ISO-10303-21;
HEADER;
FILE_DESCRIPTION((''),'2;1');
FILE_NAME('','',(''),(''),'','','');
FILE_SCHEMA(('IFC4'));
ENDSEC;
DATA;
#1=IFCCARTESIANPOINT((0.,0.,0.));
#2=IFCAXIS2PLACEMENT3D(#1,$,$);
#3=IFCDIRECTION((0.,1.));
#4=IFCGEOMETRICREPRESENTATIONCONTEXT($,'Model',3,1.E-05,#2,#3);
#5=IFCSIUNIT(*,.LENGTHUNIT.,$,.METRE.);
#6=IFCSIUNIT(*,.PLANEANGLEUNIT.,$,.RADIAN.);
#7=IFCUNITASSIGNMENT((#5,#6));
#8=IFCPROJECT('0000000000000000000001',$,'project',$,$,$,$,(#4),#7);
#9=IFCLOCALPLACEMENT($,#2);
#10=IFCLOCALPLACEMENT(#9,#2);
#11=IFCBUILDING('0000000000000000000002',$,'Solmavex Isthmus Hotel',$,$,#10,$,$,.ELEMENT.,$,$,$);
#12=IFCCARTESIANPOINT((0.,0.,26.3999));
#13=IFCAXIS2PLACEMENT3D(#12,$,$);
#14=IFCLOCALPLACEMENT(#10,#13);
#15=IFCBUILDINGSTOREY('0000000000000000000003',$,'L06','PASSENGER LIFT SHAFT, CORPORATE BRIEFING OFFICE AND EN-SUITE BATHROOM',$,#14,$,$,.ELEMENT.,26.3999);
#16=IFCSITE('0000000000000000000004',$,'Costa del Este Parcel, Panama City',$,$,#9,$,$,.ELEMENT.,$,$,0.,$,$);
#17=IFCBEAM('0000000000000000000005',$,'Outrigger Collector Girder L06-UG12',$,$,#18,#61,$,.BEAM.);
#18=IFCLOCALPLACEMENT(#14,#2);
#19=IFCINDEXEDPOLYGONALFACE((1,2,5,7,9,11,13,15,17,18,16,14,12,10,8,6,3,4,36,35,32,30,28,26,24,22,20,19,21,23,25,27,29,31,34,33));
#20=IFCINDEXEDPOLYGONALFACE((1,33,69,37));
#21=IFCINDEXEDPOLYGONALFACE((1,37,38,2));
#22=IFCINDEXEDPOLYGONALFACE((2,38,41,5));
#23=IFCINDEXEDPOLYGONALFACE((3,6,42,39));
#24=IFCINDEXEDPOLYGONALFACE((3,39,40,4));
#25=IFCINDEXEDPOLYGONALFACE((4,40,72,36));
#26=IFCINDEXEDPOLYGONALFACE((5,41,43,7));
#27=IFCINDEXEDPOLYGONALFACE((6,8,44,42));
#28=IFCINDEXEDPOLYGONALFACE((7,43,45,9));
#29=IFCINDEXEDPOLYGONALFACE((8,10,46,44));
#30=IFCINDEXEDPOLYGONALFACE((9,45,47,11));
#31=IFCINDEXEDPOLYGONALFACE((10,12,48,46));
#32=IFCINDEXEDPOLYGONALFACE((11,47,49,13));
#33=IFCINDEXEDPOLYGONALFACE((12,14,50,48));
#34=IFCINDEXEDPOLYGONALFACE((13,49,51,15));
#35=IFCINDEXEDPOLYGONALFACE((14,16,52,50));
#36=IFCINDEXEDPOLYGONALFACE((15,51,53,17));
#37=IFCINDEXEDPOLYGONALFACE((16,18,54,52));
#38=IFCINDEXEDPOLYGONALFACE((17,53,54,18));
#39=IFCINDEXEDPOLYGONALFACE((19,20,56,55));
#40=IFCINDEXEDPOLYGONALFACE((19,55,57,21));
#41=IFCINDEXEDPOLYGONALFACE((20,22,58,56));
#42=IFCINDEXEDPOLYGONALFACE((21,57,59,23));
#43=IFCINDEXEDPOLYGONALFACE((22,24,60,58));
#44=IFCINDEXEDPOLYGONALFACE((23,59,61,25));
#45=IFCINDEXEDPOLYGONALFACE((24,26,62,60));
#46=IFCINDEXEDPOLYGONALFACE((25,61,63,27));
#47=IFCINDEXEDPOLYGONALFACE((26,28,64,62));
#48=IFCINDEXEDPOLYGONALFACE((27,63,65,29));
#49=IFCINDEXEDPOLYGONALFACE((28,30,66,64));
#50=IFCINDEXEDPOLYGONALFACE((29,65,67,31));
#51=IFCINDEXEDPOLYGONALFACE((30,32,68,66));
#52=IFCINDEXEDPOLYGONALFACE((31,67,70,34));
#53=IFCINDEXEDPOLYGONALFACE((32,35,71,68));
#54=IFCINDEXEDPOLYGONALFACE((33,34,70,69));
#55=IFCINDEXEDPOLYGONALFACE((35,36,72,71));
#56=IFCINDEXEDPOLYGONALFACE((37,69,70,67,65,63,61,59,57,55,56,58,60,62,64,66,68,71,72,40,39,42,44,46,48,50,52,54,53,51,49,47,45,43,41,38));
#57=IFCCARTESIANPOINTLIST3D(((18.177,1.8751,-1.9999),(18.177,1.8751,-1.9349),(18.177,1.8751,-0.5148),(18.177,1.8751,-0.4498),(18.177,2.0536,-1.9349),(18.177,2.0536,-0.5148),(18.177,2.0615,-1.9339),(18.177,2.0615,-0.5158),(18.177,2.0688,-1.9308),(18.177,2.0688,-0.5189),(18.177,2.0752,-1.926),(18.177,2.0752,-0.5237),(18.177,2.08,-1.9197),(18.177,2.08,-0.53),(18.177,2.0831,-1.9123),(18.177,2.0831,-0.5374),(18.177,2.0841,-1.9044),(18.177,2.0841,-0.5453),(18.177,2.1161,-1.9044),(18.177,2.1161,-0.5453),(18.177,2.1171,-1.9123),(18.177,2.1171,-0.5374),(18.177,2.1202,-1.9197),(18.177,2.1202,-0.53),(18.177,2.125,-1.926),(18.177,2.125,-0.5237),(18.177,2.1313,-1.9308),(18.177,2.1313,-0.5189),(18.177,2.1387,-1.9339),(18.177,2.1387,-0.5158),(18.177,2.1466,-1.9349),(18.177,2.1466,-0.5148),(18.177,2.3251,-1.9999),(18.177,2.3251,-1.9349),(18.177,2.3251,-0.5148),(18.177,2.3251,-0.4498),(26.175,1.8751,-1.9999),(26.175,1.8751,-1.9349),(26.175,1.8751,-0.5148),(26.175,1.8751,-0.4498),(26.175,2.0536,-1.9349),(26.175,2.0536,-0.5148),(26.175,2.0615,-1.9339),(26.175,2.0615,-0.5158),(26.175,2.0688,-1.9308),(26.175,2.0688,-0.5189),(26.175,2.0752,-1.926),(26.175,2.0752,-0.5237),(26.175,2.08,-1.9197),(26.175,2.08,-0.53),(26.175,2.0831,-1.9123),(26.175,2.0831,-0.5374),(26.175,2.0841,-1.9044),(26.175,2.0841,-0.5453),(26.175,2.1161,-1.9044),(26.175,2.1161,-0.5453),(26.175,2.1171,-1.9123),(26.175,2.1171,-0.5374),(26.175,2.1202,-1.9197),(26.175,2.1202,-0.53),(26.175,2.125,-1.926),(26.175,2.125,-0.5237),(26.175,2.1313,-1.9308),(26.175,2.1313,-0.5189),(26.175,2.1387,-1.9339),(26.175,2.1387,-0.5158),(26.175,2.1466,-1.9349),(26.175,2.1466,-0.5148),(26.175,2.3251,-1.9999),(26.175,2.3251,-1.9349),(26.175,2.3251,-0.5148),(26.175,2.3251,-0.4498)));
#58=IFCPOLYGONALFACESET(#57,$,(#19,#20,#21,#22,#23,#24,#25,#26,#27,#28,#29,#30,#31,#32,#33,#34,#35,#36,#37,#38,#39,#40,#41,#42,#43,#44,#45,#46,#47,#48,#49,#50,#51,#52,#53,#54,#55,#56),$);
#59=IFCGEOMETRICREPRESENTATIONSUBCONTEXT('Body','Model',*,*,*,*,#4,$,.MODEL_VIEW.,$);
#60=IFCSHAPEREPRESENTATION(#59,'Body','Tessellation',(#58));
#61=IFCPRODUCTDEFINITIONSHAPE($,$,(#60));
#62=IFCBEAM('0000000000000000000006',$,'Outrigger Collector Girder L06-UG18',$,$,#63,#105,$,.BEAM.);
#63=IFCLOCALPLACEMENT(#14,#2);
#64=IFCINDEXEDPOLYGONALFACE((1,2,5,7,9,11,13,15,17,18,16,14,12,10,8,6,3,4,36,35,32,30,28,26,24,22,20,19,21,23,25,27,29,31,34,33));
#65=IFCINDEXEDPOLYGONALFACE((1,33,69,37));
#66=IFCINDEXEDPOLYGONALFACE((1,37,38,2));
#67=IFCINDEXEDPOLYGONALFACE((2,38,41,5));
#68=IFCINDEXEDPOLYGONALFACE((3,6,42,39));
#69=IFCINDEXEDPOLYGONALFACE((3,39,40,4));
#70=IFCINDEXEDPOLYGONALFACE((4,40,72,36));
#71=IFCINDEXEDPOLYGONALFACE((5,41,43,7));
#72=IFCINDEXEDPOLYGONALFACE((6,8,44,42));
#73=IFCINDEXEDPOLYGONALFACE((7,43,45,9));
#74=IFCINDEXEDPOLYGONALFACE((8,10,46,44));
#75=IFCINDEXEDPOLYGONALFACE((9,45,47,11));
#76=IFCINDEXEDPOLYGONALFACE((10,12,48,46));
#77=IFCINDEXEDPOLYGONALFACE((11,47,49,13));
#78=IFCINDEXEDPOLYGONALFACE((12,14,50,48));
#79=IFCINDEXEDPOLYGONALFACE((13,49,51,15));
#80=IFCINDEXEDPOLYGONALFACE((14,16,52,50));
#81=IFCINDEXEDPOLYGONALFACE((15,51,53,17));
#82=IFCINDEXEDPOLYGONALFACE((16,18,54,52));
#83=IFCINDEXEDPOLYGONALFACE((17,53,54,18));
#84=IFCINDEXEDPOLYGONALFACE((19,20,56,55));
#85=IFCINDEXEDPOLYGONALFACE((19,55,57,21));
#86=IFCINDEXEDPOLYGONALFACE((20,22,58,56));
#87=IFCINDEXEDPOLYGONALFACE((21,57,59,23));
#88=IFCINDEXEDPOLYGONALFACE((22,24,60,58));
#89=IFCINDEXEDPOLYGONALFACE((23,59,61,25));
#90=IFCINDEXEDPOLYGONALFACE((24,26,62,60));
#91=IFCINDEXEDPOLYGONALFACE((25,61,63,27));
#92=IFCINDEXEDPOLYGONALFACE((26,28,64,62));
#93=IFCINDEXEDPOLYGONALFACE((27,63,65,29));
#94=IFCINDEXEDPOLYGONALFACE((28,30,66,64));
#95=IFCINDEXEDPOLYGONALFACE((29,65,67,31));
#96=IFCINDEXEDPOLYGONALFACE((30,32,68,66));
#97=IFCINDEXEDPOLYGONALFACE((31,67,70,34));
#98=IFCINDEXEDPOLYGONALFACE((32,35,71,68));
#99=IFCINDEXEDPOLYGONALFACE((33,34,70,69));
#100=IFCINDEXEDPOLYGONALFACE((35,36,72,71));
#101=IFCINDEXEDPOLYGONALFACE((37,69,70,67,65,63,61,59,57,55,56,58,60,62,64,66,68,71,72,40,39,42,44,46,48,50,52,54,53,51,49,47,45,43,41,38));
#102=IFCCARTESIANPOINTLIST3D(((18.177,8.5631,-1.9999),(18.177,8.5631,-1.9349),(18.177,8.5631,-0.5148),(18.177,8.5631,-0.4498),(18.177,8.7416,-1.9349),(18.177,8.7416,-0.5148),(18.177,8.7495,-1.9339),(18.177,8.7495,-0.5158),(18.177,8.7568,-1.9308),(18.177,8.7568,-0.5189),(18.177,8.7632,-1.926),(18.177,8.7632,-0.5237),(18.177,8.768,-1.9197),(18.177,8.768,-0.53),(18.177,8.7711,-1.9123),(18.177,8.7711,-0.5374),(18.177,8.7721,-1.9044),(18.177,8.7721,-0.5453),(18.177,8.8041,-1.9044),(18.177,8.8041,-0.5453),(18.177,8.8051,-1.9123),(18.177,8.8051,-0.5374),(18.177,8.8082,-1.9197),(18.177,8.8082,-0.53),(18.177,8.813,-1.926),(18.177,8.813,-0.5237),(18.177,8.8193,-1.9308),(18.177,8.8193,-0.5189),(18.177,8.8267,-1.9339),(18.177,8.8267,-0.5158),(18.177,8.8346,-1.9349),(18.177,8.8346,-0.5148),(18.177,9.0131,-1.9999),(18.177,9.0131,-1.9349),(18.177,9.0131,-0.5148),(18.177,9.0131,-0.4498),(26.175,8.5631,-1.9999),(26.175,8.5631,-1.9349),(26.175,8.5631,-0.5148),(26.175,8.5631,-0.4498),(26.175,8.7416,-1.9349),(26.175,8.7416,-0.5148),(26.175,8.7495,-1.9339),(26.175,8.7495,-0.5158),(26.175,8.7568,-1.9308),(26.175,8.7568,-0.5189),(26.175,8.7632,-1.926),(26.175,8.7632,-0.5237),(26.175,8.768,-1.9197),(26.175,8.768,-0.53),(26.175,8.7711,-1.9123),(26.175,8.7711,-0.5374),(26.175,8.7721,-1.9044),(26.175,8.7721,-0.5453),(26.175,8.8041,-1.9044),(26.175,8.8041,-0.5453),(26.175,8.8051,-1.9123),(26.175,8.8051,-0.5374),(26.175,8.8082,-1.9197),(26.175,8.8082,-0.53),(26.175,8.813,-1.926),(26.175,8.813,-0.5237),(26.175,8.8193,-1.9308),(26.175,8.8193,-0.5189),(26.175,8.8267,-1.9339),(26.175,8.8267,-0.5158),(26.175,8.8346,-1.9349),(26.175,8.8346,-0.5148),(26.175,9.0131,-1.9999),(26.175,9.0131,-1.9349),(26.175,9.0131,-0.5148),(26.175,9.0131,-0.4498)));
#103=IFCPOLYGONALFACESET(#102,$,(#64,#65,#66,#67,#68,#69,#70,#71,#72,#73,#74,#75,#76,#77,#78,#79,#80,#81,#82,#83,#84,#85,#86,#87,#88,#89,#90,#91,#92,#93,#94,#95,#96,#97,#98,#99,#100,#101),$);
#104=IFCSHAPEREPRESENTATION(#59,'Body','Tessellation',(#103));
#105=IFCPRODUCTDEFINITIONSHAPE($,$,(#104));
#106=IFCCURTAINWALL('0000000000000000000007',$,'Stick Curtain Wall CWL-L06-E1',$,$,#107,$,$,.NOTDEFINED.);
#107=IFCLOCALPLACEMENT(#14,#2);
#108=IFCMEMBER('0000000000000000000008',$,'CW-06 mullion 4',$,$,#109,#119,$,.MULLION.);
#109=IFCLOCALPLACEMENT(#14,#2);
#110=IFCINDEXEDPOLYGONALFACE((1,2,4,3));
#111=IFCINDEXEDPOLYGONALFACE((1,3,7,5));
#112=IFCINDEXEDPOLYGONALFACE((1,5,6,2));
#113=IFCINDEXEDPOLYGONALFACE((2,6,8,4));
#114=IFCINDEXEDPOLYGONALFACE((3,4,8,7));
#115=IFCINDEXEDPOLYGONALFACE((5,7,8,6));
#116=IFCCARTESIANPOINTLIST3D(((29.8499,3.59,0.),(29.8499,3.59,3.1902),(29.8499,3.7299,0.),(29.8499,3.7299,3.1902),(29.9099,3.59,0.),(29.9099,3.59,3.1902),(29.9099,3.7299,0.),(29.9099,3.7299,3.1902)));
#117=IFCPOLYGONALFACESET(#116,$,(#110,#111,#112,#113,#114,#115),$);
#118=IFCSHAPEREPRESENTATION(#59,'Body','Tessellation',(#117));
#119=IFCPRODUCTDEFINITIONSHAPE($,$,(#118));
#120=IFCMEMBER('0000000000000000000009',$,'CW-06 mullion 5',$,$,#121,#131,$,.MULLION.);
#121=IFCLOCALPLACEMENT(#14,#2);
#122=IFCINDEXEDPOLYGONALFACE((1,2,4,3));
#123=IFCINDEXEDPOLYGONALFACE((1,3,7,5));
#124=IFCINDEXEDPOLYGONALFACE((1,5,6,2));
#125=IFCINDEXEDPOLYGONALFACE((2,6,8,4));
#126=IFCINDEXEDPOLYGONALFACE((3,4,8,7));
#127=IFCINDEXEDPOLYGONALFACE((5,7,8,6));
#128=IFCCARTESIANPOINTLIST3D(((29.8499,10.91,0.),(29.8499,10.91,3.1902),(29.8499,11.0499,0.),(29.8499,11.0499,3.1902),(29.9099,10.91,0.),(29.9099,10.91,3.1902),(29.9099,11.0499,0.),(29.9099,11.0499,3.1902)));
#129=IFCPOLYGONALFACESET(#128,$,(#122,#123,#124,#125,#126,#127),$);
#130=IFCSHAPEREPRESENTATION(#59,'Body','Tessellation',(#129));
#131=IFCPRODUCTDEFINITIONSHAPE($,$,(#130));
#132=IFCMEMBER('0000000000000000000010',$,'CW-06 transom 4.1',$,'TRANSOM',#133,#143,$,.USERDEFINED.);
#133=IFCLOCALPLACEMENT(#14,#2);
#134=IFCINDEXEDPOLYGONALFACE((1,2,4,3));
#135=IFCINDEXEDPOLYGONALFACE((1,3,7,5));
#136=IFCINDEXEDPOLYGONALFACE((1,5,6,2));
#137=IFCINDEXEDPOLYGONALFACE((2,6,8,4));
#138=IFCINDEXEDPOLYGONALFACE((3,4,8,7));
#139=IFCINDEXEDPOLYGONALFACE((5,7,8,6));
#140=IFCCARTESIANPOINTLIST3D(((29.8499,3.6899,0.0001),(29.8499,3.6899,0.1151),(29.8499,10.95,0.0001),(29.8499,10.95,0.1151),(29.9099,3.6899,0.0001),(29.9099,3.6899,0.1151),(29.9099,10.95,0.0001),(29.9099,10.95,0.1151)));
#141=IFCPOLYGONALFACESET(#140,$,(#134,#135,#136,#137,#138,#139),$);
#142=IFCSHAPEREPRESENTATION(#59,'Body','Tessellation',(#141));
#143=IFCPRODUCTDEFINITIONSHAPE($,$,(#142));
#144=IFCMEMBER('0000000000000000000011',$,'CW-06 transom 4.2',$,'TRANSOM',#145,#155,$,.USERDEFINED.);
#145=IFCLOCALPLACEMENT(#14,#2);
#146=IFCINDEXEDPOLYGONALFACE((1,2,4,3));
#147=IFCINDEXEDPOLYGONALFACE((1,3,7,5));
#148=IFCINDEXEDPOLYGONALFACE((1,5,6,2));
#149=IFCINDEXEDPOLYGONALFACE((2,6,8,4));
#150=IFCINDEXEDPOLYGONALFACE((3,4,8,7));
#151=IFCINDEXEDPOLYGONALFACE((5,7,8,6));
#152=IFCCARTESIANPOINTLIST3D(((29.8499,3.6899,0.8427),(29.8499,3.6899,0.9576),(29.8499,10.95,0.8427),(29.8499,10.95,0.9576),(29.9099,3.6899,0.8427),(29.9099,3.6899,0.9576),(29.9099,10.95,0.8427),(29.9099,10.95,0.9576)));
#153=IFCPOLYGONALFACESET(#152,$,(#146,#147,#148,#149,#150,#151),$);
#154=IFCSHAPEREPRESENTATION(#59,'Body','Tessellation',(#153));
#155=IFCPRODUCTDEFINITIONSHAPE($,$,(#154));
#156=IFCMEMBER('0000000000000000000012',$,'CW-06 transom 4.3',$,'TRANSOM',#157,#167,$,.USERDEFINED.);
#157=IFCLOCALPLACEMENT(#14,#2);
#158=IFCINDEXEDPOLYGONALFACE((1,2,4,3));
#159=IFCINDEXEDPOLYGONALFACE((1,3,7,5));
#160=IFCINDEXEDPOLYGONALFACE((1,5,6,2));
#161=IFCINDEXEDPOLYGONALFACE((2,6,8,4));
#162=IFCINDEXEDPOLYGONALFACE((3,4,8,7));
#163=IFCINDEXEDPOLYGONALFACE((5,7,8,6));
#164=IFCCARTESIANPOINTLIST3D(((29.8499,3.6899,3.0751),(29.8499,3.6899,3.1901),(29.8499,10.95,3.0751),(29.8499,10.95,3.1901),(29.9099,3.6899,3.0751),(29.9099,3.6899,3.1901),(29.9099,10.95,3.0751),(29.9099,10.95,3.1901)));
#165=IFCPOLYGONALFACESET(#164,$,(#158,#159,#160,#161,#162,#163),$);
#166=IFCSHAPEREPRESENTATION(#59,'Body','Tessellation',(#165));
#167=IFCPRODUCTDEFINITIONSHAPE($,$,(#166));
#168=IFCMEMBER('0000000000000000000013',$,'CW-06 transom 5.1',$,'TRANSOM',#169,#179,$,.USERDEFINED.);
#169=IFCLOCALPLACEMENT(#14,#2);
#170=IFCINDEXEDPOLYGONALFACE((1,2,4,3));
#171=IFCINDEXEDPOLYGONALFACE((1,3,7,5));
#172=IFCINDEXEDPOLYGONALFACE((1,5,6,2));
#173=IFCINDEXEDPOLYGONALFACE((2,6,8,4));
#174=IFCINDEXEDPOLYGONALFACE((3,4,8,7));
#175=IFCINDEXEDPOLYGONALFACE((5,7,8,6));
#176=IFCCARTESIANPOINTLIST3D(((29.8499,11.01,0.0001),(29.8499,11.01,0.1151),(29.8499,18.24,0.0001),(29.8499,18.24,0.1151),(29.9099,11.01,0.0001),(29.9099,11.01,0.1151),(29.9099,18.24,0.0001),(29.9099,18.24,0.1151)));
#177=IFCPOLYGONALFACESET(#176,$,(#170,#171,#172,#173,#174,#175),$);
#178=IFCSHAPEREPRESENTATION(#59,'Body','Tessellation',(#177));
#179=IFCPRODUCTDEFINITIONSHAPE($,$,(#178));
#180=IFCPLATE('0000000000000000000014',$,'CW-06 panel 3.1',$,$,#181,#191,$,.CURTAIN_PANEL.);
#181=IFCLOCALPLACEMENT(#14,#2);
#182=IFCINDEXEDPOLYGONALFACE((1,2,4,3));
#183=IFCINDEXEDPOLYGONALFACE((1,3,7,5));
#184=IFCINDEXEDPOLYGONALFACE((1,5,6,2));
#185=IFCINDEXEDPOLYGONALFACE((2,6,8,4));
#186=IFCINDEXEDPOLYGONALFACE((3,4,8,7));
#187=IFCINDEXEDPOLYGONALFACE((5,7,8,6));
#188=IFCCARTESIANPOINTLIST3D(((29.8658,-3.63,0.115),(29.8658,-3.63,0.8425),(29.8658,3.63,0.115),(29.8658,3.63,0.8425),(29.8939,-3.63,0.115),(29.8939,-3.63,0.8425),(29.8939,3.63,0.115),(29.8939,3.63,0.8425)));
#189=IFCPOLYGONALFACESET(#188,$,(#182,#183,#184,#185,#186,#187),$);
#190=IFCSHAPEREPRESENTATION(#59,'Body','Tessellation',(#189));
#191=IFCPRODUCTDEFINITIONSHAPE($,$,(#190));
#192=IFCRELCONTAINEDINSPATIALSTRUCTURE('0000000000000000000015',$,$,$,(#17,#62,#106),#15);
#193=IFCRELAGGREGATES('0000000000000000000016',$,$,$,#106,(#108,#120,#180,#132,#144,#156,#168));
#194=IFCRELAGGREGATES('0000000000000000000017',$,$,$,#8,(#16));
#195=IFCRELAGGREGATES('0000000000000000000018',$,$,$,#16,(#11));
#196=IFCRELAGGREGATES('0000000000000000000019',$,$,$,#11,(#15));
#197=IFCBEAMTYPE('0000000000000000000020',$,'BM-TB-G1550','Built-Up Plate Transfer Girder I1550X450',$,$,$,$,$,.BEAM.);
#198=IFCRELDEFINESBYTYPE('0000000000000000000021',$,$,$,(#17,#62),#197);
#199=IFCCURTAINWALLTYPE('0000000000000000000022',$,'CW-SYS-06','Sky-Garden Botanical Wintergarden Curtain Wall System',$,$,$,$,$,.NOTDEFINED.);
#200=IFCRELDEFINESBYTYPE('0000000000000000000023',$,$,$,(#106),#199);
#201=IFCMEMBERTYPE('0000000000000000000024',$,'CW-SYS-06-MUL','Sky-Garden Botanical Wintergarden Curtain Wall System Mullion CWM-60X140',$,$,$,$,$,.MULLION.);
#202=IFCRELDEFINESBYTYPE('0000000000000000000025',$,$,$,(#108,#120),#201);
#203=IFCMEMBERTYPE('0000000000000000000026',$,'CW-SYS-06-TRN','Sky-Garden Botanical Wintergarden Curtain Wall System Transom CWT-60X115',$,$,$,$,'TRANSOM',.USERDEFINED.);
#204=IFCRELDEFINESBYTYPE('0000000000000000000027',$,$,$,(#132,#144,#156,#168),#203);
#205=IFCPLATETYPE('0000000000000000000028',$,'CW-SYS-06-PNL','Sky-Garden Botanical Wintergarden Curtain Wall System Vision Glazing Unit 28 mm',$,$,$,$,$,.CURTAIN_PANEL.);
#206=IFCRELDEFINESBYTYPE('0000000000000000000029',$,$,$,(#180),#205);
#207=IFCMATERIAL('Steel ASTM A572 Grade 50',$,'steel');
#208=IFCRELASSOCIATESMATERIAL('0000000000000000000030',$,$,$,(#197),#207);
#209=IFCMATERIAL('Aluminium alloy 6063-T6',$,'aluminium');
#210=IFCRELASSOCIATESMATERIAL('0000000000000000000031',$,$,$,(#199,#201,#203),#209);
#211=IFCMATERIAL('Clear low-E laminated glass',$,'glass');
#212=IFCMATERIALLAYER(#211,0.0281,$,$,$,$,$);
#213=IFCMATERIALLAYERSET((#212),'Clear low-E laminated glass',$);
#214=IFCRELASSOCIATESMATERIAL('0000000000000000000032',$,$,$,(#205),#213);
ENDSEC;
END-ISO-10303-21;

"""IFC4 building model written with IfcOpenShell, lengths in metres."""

from ifc_helpers import new_model, si_unit, direction, frame, origin, origin_2d, place, context, subcontext, project, spatial, rectangle, i_section, extrude, material, layer, layer_set, material_profile, profile_set, type_object, element, aggregate, save


model = new_model("IFC4")

# Units and contexts
model_context = context("Model", 3, precision=1e-05, world=origin(), true_north=direction((0.0, 1.0)))
body_context = subcontext(model_context, "Body", "Model", "MODEL_VIEW")
ifc_project = project(units=[si_unit("LENGTHUNIT", "METRE"), si_unit("PLANEANGLEUNIT", "RADIAN")], contexts=[model_context])

# Site, building, storey
site_placement = place(None, origin())
site = spatial("IfcSite", under=ifc_project, at=site_placement, Name="Costa del Este Parcel, Panama City", CompositionType="ELEMENT", RefElevation=0.0)
building_placement = place(site_placement, origin())
building = spatial("IfcBuilding", under=site, at=building_placement, Name="Solmavex Isthmus Hotel", CompositionType="ELEMENT")
storey_placement = place(building_placement, frame((0.0, 0.0, 26.3999)))
storey = spatial("IfcBuildingStorey", under=building, at=storey_placement, Name="L06", Description="PASSENGER LIFT SHAFT, CORPORATE BRIEFING OFFICE AND EN-SUITE BATHROOM", CompositionType="ELEMENT", Elevation=26.3999)

# Beams
ifc_material_1 = material(Name="Steel ASTM A572 Grade 50", Category="steel")
ifc_material_profile_1 = material_profile(ifc_material_1, i_section(OverallWidth=0.45, OverallDepth=1.55, WebThickness=0.032, FlangeThickness=0.0649, FilletRadius=0.0305, at=origin_2d()), Name="I1550X450")
ifc_profile_set_1 = profile_set([ifc_material_profile_1], Name="Steel ASTM A572 Grade 50")
beam_type_1 = type_object("IfcBeamType", Name="BM-TB-G1550", Description="Built-Up Plate Transfer Girder I1550X450", PredefinedType="BEAM", material=ifc_profile_set_1)
for number, where, z_axis, x_axis, name in (
    (1, (18.177, 2.1001, -1.2249), (1.0, 0.0, 0.0), (0.0, 1.0, 0.0), "Outrigger Collector Girder L06-UG12"),
    (2, (18.177, 8.7881, -1.2249), (1.0, 0.0, 0.0), (0.0, 1.0, 0.0), "Outrigger Collector Girder L06-UG18"),
):
    element("IfcBeam", number, at=place(storey_placement, frame(where, z_axis=z_axis, x_axis=x_axis)), inside=storey, type_object=beam_type_1, Name=name, PredefinedType="BEAM", context=body_context, shape_type="SweptSolid", body=[
        extrude(i_section(OverallWidth=0.45, OverallDepth=1.55, WebThickness=0.032, FlangeThickness=0.0649, FilletRadius=0.0305, at=origin_2d()), origin(), (0.0, 0.0, 1.0), 7.998),
    ])

# Curtain wall, members, plate
ifc_material_2 = material(Name="Aluminium alloy 6063-T6", Category="aluminium")
curtain_wall_type = type_object("IfcCurtainWallType", Name="CW-SYS-06", Description="Sky-Garden Botanical Wintergarden Curtain Wall System", PredefinedType="NOTDEFINED", material=ifc_material_2)
curtain_wall_placement = place(storey_placement, origin())
curtain_wall = element("IfcCurtainWall", 3, at=curtain_wall_placement, inside=storey, type_object=curtain_wall_type, Name="Stick Curtain Wall CWL-L06-E1", PredefinedType="NOTDEFINED")
ifc_material_profile_2 = material_profile(ifc_material_2, rectangle(XDim=0.0601, YDim=0.1399, at=origin_2d()), Name="CWM-60X140")
ifc_profile_set_2 = profile_set([ifc_material_profile_2], Name="Aluminium alloy 6063-T6")
member_type_1 = type_object("IfcMemberType", Name="CW-SYS-06-MUL", Description="Sky-Garden Botanical Wintergarden Curtain Wall System Mullion CWM-60X140", PredefinedType="MULLION", material=ifc_profile_set_2)
member_1_placement = place(storey_placement, frame((29.8799, 3.6599, 0.0), z_axis=(0.0, 0.0, 1.0), x_axis=(-1.0, 0.0, 0.0)))
member_1 = element("IfcMember", 4, at=member_1_placement, type_object=member_type_1, Name="CW-06 mullion 4", PredefinedType="MULLION", context=body_context, shape_type="SweptSolid", body=[
    extrude(rectangle(XDim=0.0601, YDim=0.1399, at=origin_2d()), origin(), (0.0, 0.0, 1.0), 3.1902),
])
member_2_placement = place(storey_placement, frame((29.8799, 10.98, 0.0), z_axis=(0.0, 0.0, 1.0), x_axis=(-1.0, 0.0, 0.0)))
member_2 = element("IfcMember", 5, at=member_2_placement, type_object=member_type_1, Name="CW-06 mullion 5", PredefinedType="MULLION", context=body_context, shape_type="SweptSolid", body=[
    extrude(rectangle(XDim=0.0601, YDim=0.1399, at=origin_2d()), origin(), (0.0, 0.0, 1.0), 3.1902),
])
ifc_material_profile_3 = material_profile(ifc_material_2, rectangle(XDim=0.0601, YDim=0.115, at=origin_2d()), Name="CWT-60X115")
ifc_profile_set_3 = profile_set([ifc_material_profile_3], Name="Aluminium alloy 6063-T6")
member_type_2 = type_object("IfcMemberType", Name="CW-SYS-06-TRN", Description="Sky-Garden Botanical Wintergarden Curtain Wall System Transom CWT-60X115", ElementType="TRANSOM", PredefinedType="USERDEFINED", material=ifc_profile_set_3)
member_3_placement = place(storey_placement, frame((29.8799, 3.6899, 0.0576), z_axis=(0.0, 1.0, 0.0), x_axis=(-1.0, 0.0, 0.0)))
member_3 = element("IfcMember", 6, at=member_3_placement, type_object=member_type_2, Name="CW-06 transom 4.1", ObjectType="TRANSOM", PredefinedType="USERDEFINED", context=body_context, shape_type="SweptSolid", body=[
    extrude(rectangle(XDim=0.0601, YDim=0.115, at=origin_2d()), origin(), (0.0, 0.0, 1.0), 7.26),
])
member_4_placement = place(storey_placement, frame((29.8799, 3.6899, 0.9001), z_axis=(0.0, 1.0, 0.0), x_axis=(-1.0, 0.0, 0.0)))
member_4 = element("IfcMember", 7, at=member_4_placement, type_object=member_type_2, Name="CW-06 transom 4.2", ObjectType="TRANSOM", PredefinedType="USERDEFINED", context=body_context, shape_type="SweptSolid", body=[
    extrude(rectangle(XDim=0.0601, YDim=0.115, at=origin_2d()), origin(), (0.0, 0.0, 1.0), 7.26),
])
member_5_placement = place(storey_placement, frame((29.8799, 3.6899, 3.1326), z_axis=(0.0, 1.0, 0.0), x_axis=(-1.0, 0.0, 0.0)))
member_5 = element("IfcMember", 8, at=member_5_placement, type_object=member_type_2, Name="CW-06 transom 4.3", ObjectType="TRANSOM", PredefinedType="USERDEFINED", context=body_context, shape_type="SweptSolid", body=[
    extrude(rectangle(XDim=0.0601, YDim=0.115, at=origin_2d()), origin(), (0.0, 0.0, 1.0), 7.26),
])
member_6_placement = place(storey_placement, frame((29.8799, 11.01, 0.0576), z_axis=(0.0, 1.0, 0.0), x_axis=(-1.0, 0.0, 0.0)))
member_6 = element("IfcMember", 9, at=member_6_placement, type_object=member_type_2, Name="CW-06 transom 5.1", ObjectType="TRANSOM", PredefinedType="USERDEFINED", context=body_context, shape_type="SweptSolid", body=[
    extrude(rectangle(XDim=0.0601, YDim=0.115, at=origin_2d()), origin(), (0.0, 0.0, 1.0), 7.23),
])
ifc_material_3 = material(Name="Clear low-E laminated glass", Category="glass")
ifc_layer_1 = layer(ifc_material_3, 0.0281)
ifc_layer_set_1 = layer_set([ifc_layer_1], Name="Clear low-E laminated glass")
plate_type = type_object("IfcPlateType", Name="CW-SYS-06-PNL", Description="Sky-Garden Botanical Wintergarden Curtain Wall System Vision Glazing Unit 28 mm", PredefinedType="CURTAIN_PANEL", material=ifc_layer_set_1)
plate_1_placement = place(storey_placement, frame((29.8799, 0.0, 0.115), z_axis=(0.0, 0.0, 1.0), x_axis=(0.0, 1.0, 0.0)))
plate_1 = element("IfcPlate", 10, at=plate_1_placement, type_object=plate_type, Name="CW-06 panel 3.1", PredefinedType="CURTAIN_PANEL", context=body_context, shape_type="SweptSolid", body=[
    extrude(rectangle(XDim=7.26, YDim=0.0281, at=origin_2d()), origin(), (0.0, 0.0, 1.0), 0.7275),
])
aggregate(curtain_wall, [member_1, member_2, plate_1, member_3, member_4, member_5, member_6])

save(model, "model.ifc")
